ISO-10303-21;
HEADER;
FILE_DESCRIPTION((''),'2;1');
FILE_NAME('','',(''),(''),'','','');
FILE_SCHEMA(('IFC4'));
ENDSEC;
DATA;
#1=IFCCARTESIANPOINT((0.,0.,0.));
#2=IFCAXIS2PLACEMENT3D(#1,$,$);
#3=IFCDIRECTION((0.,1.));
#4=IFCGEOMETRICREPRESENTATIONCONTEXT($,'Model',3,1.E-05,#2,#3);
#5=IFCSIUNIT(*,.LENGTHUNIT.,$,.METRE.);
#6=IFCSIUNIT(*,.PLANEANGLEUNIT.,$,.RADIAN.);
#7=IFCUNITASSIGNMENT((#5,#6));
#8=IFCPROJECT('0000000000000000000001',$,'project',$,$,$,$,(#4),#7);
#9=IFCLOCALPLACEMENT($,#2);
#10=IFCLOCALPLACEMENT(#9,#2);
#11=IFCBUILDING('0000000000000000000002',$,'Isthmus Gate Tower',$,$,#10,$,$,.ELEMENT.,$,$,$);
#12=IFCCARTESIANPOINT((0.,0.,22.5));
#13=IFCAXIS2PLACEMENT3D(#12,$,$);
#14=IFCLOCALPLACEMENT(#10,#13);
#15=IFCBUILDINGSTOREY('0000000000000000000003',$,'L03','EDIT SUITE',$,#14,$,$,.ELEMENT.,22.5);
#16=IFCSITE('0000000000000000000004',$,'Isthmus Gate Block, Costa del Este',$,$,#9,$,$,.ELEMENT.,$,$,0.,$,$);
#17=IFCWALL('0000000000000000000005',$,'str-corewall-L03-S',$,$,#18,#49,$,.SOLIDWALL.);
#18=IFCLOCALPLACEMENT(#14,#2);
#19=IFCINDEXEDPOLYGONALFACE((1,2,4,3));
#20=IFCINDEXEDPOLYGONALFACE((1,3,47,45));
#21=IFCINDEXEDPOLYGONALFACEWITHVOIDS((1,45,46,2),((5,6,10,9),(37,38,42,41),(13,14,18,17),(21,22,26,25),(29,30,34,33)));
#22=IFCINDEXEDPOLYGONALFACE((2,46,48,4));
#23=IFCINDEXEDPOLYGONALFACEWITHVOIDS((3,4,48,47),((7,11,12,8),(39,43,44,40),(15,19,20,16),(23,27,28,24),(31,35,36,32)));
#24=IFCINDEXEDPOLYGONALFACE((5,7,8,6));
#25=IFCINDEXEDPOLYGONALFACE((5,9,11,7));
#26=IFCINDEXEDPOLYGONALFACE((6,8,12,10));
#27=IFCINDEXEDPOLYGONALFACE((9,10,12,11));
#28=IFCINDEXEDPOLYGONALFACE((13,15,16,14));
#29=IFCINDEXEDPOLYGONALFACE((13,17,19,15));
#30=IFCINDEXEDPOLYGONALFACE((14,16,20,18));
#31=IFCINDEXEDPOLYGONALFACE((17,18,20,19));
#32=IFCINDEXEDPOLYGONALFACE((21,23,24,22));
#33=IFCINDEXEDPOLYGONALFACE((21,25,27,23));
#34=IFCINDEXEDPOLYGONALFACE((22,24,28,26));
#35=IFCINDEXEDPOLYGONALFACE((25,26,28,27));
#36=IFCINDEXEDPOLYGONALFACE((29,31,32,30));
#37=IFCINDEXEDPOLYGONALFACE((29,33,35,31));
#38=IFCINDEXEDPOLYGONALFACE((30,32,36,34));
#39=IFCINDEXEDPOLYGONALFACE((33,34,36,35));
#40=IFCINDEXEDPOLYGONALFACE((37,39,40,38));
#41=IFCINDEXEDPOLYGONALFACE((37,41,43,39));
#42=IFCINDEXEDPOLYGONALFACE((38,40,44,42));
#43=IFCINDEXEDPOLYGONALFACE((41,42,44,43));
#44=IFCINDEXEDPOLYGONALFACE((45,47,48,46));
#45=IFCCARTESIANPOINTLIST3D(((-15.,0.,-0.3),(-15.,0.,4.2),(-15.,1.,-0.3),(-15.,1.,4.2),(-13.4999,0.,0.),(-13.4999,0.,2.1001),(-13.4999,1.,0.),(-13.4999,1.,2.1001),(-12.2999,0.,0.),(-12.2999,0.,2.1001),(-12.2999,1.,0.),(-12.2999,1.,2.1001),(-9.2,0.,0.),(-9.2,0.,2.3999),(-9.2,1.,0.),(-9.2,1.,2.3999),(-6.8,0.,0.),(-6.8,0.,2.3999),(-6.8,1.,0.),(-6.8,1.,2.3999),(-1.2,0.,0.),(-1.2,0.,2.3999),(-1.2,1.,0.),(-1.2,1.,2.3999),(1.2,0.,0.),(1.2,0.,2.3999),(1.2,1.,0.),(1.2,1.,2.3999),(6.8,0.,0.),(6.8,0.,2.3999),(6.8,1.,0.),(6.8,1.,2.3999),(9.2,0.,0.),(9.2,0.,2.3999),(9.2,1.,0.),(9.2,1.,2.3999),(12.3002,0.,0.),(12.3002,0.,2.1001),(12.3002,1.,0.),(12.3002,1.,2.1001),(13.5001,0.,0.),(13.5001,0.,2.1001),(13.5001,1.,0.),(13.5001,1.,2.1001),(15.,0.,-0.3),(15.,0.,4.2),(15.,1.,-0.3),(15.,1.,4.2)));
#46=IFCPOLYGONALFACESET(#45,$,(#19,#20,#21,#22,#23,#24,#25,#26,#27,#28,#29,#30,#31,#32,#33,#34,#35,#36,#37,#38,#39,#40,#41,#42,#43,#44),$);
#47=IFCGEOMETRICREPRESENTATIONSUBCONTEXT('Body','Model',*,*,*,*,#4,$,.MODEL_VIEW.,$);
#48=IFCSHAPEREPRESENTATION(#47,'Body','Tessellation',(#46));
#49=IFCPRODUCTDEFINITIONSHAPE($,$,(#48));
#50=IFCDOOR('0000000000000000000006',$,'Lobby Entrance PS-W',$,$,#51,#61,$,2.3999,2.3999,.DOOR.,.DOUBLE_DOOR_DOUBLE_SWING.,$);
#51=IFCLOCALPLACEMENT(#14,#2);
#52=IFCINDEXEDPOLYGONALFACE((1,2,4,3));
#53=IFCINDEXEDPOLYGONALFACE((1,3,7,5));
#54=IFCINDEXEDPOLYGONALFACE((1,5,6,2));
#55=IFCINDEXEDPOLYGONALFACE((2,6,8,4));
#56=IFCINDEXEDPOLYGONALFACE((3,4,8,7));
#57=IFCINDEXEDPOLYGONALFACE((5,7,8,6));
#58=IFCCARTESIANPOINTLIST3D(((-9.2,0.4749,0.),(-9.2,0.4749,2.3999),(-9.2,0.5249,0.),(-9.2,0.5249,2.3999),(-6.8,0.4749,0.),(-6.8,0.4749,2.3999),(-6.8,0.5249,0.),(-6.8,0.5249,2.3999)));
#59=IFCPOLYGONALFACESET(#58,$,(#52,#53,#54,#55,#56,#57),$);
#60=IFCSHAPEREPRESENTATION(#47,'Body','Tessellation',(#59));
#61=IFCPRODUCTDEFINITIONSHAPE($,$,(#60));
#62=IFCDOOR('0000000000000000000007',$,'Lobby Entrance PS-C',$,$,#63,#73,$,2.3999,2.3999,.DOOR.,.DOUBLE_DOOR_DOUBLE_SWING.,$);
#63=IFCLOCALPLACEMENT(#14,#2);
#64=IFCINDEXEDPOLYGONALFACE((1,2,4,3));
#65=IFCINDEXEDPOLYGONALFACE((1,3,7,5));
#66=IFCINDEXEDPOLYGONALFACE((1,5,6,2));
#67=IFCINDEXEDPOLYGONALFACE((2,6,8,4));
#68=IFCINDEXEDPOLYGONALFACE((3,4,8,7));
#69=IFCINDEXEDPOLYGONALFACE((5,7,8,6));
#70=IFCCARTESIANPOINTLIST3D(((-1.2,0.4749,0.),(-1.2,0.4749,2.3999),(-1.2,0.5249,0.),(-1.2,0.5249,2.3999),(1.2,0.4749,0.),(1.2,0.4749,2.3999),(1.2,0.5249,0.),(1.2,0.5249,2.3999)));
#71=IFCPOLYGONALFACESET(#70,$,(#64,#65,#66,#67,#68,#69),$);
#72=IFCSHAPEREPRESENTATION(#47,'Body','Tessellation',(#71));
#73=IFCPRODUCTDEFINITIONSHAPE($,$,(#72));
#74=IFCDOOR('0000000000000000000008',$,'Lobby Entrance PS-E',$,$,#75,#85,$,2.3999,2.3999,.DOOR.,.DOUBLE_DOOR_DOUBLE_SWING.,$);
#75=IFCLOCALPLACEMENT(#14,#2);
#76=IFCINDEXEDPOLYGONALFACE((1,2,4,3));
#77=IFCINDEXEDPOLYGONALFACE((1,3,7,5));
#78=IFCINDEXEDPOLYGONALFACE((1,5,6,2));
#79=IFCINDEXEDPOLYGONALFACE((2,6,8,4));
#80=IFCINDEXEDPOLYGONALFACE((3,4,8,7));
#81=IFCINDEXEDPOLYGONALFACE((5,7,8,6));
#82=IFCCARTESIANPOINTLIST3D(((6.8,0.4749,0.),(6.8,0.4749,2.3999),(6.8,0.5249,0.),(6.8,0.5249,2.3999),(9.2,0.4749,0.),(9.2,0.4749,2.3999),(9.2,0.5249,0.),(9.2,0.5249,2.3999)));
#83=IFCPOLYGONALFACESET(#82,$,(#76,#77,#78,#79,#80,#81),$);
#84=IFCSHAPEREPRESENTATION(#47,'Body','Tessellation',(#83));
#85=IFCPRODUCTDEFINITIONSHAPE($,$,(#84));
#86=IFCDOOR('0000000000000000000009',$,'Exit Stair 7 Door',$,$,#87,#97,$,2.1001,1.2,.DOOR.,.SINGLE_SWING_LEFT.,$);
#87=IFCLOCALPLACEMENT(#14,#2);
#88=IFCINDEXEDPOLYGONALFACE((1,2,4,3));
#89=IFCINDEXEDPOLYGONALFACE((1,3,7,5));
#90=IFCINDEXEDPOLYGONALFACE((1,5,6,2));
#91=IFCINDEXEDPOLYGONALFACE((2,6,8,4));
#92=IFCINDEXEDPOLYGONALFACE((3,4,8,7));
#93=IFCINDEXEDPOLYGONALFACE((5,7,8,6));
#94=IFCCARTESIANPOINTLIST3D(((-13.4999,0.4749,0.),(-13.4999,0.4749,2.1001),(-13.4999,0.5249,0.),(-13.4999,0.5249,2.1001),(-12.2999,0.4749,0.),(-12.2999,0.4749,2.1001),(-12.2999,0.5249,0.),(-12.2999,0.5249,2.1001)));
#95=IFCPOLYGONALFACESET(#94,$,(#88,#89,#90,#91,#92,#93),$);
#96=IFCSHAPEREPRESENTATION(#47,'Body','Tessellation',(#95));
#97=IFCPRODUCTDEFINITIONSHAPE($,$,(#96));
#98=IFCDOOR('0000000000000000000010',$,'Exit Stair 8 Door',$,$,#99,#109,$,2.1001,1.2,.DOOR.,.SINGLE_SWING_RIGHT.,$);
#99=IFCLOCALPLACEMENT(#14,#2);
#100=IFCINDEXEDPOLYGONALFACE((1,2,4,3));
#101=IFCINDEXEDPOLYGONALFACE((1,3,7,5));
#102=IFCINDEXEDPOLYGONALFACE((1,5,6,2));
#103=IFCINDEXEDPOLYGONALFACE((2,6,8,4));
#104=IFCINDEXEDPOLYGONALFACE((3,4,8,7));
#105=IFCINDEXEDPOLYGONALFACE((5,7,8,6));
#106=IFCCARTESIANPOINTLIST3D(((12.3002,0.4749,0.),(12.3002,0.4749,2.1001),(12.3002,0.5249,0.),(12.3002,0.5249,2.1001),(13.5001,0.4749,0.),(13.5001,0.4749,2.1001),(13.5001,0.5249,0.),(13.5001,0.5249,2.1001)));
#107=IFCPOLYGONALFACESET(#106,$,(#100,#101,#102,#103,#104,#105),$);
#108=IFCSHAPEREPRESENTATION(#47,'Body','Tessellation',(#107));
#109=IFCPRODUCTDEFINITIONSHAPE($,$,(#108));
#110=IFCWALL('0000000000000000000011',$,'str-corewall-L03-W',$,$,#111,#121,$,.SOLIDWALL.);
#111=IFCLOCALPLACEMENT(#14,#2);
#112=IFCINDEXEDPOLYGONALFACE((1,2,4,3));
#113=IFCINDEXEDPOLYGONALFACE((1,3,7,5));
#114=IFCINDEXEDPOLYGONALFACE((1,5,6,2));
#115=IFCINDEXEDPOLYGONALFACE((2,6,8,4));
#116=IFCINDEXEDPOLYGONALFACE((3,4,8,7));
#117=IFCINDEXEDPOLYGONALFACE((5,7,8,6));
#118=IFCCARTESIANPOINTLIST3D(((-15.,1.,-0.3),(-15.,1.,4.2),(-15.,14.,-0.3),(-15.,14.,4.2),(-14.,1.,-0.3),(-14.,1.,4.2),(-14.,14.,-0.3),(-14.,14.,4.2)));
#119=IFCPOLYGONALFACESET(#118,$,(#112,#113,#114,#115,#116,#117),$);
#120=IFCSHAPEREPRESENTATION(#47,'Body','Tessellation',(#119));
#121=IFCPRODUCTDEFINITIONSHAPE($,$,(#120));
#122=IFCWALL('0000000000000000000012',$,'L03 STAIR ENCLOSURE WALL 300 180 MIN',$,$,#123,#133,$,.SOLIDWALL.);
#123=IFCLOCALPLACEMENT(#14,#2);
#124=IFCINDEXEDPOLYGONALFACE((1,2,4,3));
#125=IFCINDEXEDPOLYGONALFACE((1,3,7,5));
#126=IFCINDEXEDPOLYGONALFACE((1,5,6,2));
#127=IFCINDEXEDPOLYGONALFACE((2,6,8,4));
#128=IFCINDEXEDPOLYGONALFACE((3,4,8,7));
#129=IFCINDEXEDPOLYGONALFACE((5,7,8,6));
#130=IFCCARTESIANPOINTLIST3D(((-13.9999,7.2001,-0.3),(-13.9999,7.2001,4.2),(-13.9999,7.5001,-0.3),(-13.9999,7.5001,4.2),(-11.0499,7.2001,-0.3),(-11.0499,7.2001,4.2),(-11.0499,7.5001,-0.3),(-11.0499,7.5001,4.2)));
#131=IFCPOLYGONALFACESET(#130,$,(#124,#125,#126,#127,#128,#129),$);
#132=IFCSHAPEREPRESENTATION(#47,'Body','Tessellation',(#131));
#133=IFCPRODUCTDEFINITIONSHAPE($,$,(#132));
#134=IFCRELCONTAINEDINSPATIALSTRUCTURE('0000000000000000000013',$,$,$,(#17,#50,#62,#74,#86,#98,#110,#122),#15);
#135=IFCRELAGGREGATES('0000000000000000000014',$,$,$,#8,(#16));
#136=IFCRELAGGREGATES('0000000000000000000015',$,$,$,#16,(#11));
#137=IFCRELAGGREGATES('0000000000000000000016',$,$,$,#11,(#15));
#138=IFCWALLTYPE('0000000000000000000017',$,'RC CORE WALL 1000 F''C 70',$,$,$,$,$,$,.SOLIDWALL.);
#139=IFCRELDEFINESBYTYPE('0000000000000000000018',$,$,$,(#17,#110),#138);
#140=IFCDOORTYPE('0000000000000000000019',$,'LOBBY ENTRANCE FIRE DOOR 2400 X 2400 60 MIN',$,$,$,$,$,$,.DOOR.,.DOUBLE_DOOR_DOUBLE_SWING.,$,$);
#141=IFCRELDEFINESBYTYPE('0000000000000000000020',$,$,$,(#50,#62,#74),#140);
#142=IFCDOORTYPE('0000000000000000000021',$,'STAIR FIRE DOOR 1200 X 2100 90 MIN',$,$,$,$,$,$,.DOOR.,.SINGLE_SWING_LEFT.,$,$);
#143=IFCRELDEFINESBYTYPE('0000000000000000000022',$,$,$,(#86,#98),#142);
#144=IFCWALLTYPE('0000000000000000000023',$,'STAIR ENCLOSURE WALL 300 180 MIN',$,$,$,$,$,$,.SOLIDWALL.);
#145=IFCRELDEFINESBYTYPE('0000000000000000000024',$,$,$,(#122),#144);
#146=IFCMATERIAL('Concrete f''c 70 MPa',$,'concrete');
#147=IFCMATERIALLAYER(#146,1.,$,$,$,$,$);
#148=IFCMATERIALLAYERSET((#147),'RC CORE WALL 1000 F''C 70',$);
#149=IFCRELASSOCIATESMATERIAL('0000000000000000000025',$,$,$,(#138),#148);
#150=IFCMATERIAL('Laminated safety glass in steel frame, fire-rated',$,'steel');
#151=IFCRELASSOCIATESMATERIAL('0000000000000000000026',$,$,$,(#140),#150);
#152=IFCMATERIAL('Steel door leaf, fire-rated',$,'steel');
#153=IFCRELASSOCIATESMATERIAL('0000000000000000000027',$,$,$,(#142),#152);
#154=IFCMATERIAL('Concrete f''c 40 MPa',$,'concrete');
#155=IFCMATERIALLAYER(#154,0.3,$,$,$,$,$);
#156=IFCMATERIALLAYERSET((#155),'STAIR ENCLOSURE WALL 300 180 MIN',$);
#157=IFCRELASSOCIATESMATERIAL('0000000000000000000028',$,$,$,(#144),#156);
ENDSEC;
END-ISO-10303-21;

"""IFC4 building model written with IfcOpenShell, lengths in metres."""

from ifc_helpers import new_model, si_unit, direction, frame, frame_2d, origin, place, context, subcontext, project, spatial, rectangle, extrude, material, layer, layer_set, type_object, element, fill, save


model = new_model("IFC4")

# Units and contexts
model_context = context("Model", 3, precision=1e-05, world=origin(), true_north=direction((0.0, 1.0)))
body_context = subcontext(model_context, "Body", "Model", "MODEL_VIEW")
ifc_project = project(units=[si_unit("LENGTHUNIT", "METRE"), si_unit("PLANEANGLEUNIT", "RADIAN")], contexts=[model_context])

# Site, building, storey
site_placement = place(None, origin())
site = spatial("IfcSite", under=ifc_project, at=site_placement, Name="Isthmus Gate Block, Costa del Este", CompositionType="ELEMENT", RefElevation=0.0)
building_placement = place(site_placement, origin())
building = spatial("IfcBuilding", under=site, at=building_placement, Name="Isthmus Gate Tower", CompositionType="ELEMENT")
storey_placement = place(building_placement, frame((0.0, 0.0, 22.5)))
storey = spatial("IfcBuildingStorey", under=building, at=storey_placement, Name="L03", Description="EDIT SUITE", CompositionType="ELEMENT", Elevation=22.5)

# Wall, openings, doors
ifc_material_1 = material(Name="Concrete f'c 70 MPa", Category="concrete")
ifc_layer_1 = layer(ifc_material_1, 1.0)
ifc_layer_set_1 = layer_set([ifc_layer_1], Name="RC CORE WALL 1000 F'C 70")
wall_type_1 = type_object("IfcWallType", Name="RC CORE WALL 1000 F'C 70", PredefinedType="SOLIDWALL", material=ifc_layer_set_1)
wall_1_placement = place(storey_placement, frame((-15.0, 0.5, -0.3), z_axis=(0.0, 0.0, 1.0), x_axis=(1.0, 0.0, 0.0)))
wall_1 = element("IfcWall", 1, at=wall_1_placement, inside=storey, type_object=wall_type_1, Name="str-corewall-L03-S", PredefinedType="SOLIDWALL", context=body_context, shape_type="SweptSolid", body=[
    extrude(rectangle(XDim=30.0, YDim=1.0, at=frame_2d((15.0, 0.0))), origin(), (0.0, 0.0, 1.0), 4.5),
])
opening_1_placement = place(wall_1_placement, frame((5.8, 0.0, 0.3)))
opening_1 = element("IfcOpeningElement", 2, at=opening_1_placement, cuts=wall_1, PredefinedType="OPENING", context=body_context, shape_type="SweptSolid", body=[
    extrude(rectangle(XDim=2.3999, YDim=2.3999, at=frame_2d((1.2, 1.2))), frame((0.0, 0.51, 0.0), z_axis=(0.0, -1.0, 0.0), x_axis=(1.0, 0.0, 0.0)), (0.0, 0.0, 1.0), 1.02),
])
opening_2_placement = place(wall_1_placement, frame((13.8, 0.0, 0.3)))
opening_2 = element("IfcOpeningElement", 3, at=opening_2_placement, cuts=wall_1, PredefinedType="OPENING", context=body_context, shape_type="SweptSolid", body=[
    extrude(rectangle(XDim=2.3999, YDim=2.3999, at=frame_2d((1.2, 1.2))), frame((0.0, 0.51, 0.0), z_axis=(0.0, -1.0, 0.0), x_axis=(1.0, 0.0, 0.0)), (0.0, 0.0, 1.0), 1.02),
])
opening_3_placement = place(wall_1_placement, frame((21.8, 0.0, 0.3)))
opening_3 = element("IfcOpeningElement", 4, at=opening_3_placement, cuts=wall_1, PredefinedType="OPENING", context=body_context, shape_type="SweptSolid", body=[
    extrude(rectangle(XDim=2.3999, YDim=2.3999, at=frame_2d((1.2, 1.2))), frame((0.0, 0.51, 0.0), z_axis=(0.0, -1.0, 0.0), x_axis=(1.0, 0.0, 0.0)), (0.0, 0.0, 1.0), 1.02),
])
opening_4_placement = place(wall_1_placement, frame((1.5, 0.0, 0.3)))
opening_4 = element("IfcOpeningElement", 5, at=opening_4_placement, cuts=wall_1, PredefinedType="OPENING", context=body_context, shape_type="SweptSolid", body=[
    extrude(rectangle(XDim=1.2, YDim=2.1001, at=frame_2d((0.6001, 1.05))), frame((0.0, 0.51, 0.0), z_axis=(0.0, -1.0, 0.0), x_axis=(1.0, 0.0, 0.0)), (0.0, 0.0, 1.0), 1.02),
])
opening_5_placement = place(wall_1_placement, frame((27.3, 0.0, 0.3)))
opening_5 = element("IfcOpeningElement", 6, at=opening_5_placement, cuts=wall_1, PredefinedType="OPENING", context=body_context, shape_type="SweptSolid", body=[
    extrude(rectangle(XDim=1.2, YDim=2.1001, at=frame_2d((0.6001, 1.05))), frame((0.0, 0.51, 0.0), z_axis=(0.0, -1.0, 0.0), x_axis=(1.0, 0.0, 0.0)), (0.0, 0.0, 1.0), 1.02),
])
ifc_material_2 = material(Name="Laminated safety glass in steel frame, fire-rated", Category="steel")
door_type_1 = type_object("IfcDoorType", Name="LOBBY ENTRANCE FIRE DOOR 2400 X 2400 60 MIN", OperationType="DOUBLE_DOOR_DOUBLE_SWING", PredefinedType="DOOR", material=ifc_material_2)
door_1_placement = place(opening_1_placement, origin())
door_1 = element("IfcDoor", 7, at=door_1_placement, inside=storey, type_object=door_type_1, Name="Lobby Entrance PS-W", OperationType="DOUBLE_DOOR_DOUBLE_SWING", OverallHeight=2.3999, OverallWidth=2.3999, PredefinedType="DOOR", context=body_context, shape_type="SweptSolid", body=[
    extrude(rectangle(XDim=2.3999, YDim=2.3999, at=frame_2d((1.2, 1.2))), frame((0.0, 0.0249, 0.0), z_axis=(0.0, -1.0, 0.0), x_axis=(1.0, 0.0, 0.0)), (0.0, 0.0, 1.0), 0.05),
])
fill(opening_1, door_1)
door_2_placement = place(opening_2_placement, origin())
door_2 = element("IfcDoor", 8, at=door_2_placement, inside=storey, type_object=door_type_1, Name="Lobby Entrance PS-C", OperationType="DOUBLE_DOOR_DOUBLE_SWING", OverallHeight=2.3999, OverallWidth=2.3999, PredefinedType="DOOR", context=body_context, shape_type="SweptSolid", body=[
    extrude(rectangle(XDim=2.3999, YDim=2.3999, at=frame_2d((1.2, 1.2))), frame((0.0, 0.0249, 0.0), z_axis=(0.0, -1.0, 0.0), x_axis=(1.0, 0.0, 0.0)), (0.0, 0.0, 1.0), 0.05),
])
fill(opening_2, door_2)
door_3_placement = place(opening_3_placement, origin())
door_3 = element("IfcDoor", 9, at=door_3_placement, inside=storey, type_object=door_type_1, Name="Lobby Entrance PS-E", OperationType="DOUBLE_DOOR_DOUBLE_SWING", OverallHeight=2.3999, OverallWidth=2.3999, PredefinedType="DOOR", context=body_context, shape_type="SweptSolid", body=[
    extrude(rectangle(XDim=2.3999, YDim=2.3999, at=frame_2d((1.2, 1.2))), frame((0.0, 0.0249, 0.0), z_axis=(0.0, -1.0, 0.0), x_axis=(1.0, 0.0, 0.0)), (0.0, 0.0, 1.0), 0.05),
])
fill(opening_3, door_3)
ifc_material_3 = material(Name="Steel door leaf, fire-rated", Category="steel")
door_type_2 = type_object("IfcDoorType", Name="STAIR FIRE DOOR 1200 X 2100 90 MIN", OperationType="SINGLE_SWING_LEFT", PredefinedType="DOOR", material=ifc_material_3)
door_4_placement = place(opening_4_placement, origin())
door_4 = element("IfcDoor", 10, at=door_4_placement, inside=storey, type_object=door_type_2, Name="Exit Stair 7 Door", OperationType="SINGLE_SWING_LEFT", OverallHeight=2.1001, OverallWidth=1.2, PredefinedType="DOOR", context=body_context, shape_type="SweptSolid", body=[
    extrude(rectangle(XDim=1.2, YDim=2.1001, at=frame_2d((0.6001, 1.05))), frame((0.0, 0.0249, 0.0), z_axis=(0.0, -1.0, 0.0), x_axis=(1.0, 0.0, 0.0)), (0.0, 0.0, 1.0), 0.05),
])
fill(opening_4, door_4)
door_5_placement = place(opening_5_placement, origin())
door_5 = element("IfcDoor", 11, at=door_5_placement, inside=storey, type_object=door_type_2, Name="Exit Stair 8 Door", OperationType="SINGLE_SWING_RIGHT", OverallHeight=2.1001, OverallWidth=1.2, PredefinedType="DOOR", context=body_context, shape_type="SweptSolid", body=[
    extrude(rectangle(XDim=1.2, YDim=2.1001, at=frame_2d((0.6001, 1.05))), frame((0.0, 0.0249, 0.0), z_axis=(0.0, -1.0, 0.0), x_axis=(1.0, 0.0, 0.0)), (0.0, 0.0, 1.0), 0.05),
])
fill(opening_5, door_5)

# Walls
wall_2_placement = place(storey_placement, frame((-14.5, 1.0, -0.3), z_axis=(0.0, 0.0, 1.0), x_axis=(0.0, 1.0, 0.0)))
element("IfcWall", 12, at=wall_2_placement, inside=storey, type_object=wall_type_1, Name="str-corewall-L03-W", PredefinedType="SOLIDWALL", context=body_context, shape_type="SweptSolid", body=[
    extrude(rectangle(XDim=13.0, YDim=1.0, at=frame_2d((6.5, 0.0))), origin(), (0.0, 0.0, 1.0), 4.5),
])
ifc_material_4 = material(Name="Concrete f'c 40 MPa", Category="concrete")
ifc_layer_2 = layer(ifc_material_4, 0.3)
ifc_layer_set_2 = layer_set([ifc_layer_2], Name="STAIR ENCLOSURE WALL 300 180 MIN")
wall_type_2 = type_object("IfcWallType", Name="STAIR ENCLOSURE WALL 300 180 MIN", PredefinedType="SOLIDWALL", material=ifc_layer_set_2)
wall_3_placement = place(storey_placement, frame((-14.0, 7.3501, -0.3), z_axis=(0.0, 0.0, 1.0), x_axis=(1.0, 0.0, 0.0)))
element("IfcWall", 13, at=wall_3_placement, inside=storey, type_object=wall_type_2, Name="L03 STAIR ENCLOSURE WALL 300 180 MIN", PredefinedType="SOLIDWALL", context=body_context, shape_type="SweptSolid", body=[
    extrude(rectangle(XDim=2.95, YDim=0.3, at=frame_2d((1.4751, 0.0))), origin(), (0.0, 0.0, 1.0), 4.5),
])

save(model, "model.ifc")
